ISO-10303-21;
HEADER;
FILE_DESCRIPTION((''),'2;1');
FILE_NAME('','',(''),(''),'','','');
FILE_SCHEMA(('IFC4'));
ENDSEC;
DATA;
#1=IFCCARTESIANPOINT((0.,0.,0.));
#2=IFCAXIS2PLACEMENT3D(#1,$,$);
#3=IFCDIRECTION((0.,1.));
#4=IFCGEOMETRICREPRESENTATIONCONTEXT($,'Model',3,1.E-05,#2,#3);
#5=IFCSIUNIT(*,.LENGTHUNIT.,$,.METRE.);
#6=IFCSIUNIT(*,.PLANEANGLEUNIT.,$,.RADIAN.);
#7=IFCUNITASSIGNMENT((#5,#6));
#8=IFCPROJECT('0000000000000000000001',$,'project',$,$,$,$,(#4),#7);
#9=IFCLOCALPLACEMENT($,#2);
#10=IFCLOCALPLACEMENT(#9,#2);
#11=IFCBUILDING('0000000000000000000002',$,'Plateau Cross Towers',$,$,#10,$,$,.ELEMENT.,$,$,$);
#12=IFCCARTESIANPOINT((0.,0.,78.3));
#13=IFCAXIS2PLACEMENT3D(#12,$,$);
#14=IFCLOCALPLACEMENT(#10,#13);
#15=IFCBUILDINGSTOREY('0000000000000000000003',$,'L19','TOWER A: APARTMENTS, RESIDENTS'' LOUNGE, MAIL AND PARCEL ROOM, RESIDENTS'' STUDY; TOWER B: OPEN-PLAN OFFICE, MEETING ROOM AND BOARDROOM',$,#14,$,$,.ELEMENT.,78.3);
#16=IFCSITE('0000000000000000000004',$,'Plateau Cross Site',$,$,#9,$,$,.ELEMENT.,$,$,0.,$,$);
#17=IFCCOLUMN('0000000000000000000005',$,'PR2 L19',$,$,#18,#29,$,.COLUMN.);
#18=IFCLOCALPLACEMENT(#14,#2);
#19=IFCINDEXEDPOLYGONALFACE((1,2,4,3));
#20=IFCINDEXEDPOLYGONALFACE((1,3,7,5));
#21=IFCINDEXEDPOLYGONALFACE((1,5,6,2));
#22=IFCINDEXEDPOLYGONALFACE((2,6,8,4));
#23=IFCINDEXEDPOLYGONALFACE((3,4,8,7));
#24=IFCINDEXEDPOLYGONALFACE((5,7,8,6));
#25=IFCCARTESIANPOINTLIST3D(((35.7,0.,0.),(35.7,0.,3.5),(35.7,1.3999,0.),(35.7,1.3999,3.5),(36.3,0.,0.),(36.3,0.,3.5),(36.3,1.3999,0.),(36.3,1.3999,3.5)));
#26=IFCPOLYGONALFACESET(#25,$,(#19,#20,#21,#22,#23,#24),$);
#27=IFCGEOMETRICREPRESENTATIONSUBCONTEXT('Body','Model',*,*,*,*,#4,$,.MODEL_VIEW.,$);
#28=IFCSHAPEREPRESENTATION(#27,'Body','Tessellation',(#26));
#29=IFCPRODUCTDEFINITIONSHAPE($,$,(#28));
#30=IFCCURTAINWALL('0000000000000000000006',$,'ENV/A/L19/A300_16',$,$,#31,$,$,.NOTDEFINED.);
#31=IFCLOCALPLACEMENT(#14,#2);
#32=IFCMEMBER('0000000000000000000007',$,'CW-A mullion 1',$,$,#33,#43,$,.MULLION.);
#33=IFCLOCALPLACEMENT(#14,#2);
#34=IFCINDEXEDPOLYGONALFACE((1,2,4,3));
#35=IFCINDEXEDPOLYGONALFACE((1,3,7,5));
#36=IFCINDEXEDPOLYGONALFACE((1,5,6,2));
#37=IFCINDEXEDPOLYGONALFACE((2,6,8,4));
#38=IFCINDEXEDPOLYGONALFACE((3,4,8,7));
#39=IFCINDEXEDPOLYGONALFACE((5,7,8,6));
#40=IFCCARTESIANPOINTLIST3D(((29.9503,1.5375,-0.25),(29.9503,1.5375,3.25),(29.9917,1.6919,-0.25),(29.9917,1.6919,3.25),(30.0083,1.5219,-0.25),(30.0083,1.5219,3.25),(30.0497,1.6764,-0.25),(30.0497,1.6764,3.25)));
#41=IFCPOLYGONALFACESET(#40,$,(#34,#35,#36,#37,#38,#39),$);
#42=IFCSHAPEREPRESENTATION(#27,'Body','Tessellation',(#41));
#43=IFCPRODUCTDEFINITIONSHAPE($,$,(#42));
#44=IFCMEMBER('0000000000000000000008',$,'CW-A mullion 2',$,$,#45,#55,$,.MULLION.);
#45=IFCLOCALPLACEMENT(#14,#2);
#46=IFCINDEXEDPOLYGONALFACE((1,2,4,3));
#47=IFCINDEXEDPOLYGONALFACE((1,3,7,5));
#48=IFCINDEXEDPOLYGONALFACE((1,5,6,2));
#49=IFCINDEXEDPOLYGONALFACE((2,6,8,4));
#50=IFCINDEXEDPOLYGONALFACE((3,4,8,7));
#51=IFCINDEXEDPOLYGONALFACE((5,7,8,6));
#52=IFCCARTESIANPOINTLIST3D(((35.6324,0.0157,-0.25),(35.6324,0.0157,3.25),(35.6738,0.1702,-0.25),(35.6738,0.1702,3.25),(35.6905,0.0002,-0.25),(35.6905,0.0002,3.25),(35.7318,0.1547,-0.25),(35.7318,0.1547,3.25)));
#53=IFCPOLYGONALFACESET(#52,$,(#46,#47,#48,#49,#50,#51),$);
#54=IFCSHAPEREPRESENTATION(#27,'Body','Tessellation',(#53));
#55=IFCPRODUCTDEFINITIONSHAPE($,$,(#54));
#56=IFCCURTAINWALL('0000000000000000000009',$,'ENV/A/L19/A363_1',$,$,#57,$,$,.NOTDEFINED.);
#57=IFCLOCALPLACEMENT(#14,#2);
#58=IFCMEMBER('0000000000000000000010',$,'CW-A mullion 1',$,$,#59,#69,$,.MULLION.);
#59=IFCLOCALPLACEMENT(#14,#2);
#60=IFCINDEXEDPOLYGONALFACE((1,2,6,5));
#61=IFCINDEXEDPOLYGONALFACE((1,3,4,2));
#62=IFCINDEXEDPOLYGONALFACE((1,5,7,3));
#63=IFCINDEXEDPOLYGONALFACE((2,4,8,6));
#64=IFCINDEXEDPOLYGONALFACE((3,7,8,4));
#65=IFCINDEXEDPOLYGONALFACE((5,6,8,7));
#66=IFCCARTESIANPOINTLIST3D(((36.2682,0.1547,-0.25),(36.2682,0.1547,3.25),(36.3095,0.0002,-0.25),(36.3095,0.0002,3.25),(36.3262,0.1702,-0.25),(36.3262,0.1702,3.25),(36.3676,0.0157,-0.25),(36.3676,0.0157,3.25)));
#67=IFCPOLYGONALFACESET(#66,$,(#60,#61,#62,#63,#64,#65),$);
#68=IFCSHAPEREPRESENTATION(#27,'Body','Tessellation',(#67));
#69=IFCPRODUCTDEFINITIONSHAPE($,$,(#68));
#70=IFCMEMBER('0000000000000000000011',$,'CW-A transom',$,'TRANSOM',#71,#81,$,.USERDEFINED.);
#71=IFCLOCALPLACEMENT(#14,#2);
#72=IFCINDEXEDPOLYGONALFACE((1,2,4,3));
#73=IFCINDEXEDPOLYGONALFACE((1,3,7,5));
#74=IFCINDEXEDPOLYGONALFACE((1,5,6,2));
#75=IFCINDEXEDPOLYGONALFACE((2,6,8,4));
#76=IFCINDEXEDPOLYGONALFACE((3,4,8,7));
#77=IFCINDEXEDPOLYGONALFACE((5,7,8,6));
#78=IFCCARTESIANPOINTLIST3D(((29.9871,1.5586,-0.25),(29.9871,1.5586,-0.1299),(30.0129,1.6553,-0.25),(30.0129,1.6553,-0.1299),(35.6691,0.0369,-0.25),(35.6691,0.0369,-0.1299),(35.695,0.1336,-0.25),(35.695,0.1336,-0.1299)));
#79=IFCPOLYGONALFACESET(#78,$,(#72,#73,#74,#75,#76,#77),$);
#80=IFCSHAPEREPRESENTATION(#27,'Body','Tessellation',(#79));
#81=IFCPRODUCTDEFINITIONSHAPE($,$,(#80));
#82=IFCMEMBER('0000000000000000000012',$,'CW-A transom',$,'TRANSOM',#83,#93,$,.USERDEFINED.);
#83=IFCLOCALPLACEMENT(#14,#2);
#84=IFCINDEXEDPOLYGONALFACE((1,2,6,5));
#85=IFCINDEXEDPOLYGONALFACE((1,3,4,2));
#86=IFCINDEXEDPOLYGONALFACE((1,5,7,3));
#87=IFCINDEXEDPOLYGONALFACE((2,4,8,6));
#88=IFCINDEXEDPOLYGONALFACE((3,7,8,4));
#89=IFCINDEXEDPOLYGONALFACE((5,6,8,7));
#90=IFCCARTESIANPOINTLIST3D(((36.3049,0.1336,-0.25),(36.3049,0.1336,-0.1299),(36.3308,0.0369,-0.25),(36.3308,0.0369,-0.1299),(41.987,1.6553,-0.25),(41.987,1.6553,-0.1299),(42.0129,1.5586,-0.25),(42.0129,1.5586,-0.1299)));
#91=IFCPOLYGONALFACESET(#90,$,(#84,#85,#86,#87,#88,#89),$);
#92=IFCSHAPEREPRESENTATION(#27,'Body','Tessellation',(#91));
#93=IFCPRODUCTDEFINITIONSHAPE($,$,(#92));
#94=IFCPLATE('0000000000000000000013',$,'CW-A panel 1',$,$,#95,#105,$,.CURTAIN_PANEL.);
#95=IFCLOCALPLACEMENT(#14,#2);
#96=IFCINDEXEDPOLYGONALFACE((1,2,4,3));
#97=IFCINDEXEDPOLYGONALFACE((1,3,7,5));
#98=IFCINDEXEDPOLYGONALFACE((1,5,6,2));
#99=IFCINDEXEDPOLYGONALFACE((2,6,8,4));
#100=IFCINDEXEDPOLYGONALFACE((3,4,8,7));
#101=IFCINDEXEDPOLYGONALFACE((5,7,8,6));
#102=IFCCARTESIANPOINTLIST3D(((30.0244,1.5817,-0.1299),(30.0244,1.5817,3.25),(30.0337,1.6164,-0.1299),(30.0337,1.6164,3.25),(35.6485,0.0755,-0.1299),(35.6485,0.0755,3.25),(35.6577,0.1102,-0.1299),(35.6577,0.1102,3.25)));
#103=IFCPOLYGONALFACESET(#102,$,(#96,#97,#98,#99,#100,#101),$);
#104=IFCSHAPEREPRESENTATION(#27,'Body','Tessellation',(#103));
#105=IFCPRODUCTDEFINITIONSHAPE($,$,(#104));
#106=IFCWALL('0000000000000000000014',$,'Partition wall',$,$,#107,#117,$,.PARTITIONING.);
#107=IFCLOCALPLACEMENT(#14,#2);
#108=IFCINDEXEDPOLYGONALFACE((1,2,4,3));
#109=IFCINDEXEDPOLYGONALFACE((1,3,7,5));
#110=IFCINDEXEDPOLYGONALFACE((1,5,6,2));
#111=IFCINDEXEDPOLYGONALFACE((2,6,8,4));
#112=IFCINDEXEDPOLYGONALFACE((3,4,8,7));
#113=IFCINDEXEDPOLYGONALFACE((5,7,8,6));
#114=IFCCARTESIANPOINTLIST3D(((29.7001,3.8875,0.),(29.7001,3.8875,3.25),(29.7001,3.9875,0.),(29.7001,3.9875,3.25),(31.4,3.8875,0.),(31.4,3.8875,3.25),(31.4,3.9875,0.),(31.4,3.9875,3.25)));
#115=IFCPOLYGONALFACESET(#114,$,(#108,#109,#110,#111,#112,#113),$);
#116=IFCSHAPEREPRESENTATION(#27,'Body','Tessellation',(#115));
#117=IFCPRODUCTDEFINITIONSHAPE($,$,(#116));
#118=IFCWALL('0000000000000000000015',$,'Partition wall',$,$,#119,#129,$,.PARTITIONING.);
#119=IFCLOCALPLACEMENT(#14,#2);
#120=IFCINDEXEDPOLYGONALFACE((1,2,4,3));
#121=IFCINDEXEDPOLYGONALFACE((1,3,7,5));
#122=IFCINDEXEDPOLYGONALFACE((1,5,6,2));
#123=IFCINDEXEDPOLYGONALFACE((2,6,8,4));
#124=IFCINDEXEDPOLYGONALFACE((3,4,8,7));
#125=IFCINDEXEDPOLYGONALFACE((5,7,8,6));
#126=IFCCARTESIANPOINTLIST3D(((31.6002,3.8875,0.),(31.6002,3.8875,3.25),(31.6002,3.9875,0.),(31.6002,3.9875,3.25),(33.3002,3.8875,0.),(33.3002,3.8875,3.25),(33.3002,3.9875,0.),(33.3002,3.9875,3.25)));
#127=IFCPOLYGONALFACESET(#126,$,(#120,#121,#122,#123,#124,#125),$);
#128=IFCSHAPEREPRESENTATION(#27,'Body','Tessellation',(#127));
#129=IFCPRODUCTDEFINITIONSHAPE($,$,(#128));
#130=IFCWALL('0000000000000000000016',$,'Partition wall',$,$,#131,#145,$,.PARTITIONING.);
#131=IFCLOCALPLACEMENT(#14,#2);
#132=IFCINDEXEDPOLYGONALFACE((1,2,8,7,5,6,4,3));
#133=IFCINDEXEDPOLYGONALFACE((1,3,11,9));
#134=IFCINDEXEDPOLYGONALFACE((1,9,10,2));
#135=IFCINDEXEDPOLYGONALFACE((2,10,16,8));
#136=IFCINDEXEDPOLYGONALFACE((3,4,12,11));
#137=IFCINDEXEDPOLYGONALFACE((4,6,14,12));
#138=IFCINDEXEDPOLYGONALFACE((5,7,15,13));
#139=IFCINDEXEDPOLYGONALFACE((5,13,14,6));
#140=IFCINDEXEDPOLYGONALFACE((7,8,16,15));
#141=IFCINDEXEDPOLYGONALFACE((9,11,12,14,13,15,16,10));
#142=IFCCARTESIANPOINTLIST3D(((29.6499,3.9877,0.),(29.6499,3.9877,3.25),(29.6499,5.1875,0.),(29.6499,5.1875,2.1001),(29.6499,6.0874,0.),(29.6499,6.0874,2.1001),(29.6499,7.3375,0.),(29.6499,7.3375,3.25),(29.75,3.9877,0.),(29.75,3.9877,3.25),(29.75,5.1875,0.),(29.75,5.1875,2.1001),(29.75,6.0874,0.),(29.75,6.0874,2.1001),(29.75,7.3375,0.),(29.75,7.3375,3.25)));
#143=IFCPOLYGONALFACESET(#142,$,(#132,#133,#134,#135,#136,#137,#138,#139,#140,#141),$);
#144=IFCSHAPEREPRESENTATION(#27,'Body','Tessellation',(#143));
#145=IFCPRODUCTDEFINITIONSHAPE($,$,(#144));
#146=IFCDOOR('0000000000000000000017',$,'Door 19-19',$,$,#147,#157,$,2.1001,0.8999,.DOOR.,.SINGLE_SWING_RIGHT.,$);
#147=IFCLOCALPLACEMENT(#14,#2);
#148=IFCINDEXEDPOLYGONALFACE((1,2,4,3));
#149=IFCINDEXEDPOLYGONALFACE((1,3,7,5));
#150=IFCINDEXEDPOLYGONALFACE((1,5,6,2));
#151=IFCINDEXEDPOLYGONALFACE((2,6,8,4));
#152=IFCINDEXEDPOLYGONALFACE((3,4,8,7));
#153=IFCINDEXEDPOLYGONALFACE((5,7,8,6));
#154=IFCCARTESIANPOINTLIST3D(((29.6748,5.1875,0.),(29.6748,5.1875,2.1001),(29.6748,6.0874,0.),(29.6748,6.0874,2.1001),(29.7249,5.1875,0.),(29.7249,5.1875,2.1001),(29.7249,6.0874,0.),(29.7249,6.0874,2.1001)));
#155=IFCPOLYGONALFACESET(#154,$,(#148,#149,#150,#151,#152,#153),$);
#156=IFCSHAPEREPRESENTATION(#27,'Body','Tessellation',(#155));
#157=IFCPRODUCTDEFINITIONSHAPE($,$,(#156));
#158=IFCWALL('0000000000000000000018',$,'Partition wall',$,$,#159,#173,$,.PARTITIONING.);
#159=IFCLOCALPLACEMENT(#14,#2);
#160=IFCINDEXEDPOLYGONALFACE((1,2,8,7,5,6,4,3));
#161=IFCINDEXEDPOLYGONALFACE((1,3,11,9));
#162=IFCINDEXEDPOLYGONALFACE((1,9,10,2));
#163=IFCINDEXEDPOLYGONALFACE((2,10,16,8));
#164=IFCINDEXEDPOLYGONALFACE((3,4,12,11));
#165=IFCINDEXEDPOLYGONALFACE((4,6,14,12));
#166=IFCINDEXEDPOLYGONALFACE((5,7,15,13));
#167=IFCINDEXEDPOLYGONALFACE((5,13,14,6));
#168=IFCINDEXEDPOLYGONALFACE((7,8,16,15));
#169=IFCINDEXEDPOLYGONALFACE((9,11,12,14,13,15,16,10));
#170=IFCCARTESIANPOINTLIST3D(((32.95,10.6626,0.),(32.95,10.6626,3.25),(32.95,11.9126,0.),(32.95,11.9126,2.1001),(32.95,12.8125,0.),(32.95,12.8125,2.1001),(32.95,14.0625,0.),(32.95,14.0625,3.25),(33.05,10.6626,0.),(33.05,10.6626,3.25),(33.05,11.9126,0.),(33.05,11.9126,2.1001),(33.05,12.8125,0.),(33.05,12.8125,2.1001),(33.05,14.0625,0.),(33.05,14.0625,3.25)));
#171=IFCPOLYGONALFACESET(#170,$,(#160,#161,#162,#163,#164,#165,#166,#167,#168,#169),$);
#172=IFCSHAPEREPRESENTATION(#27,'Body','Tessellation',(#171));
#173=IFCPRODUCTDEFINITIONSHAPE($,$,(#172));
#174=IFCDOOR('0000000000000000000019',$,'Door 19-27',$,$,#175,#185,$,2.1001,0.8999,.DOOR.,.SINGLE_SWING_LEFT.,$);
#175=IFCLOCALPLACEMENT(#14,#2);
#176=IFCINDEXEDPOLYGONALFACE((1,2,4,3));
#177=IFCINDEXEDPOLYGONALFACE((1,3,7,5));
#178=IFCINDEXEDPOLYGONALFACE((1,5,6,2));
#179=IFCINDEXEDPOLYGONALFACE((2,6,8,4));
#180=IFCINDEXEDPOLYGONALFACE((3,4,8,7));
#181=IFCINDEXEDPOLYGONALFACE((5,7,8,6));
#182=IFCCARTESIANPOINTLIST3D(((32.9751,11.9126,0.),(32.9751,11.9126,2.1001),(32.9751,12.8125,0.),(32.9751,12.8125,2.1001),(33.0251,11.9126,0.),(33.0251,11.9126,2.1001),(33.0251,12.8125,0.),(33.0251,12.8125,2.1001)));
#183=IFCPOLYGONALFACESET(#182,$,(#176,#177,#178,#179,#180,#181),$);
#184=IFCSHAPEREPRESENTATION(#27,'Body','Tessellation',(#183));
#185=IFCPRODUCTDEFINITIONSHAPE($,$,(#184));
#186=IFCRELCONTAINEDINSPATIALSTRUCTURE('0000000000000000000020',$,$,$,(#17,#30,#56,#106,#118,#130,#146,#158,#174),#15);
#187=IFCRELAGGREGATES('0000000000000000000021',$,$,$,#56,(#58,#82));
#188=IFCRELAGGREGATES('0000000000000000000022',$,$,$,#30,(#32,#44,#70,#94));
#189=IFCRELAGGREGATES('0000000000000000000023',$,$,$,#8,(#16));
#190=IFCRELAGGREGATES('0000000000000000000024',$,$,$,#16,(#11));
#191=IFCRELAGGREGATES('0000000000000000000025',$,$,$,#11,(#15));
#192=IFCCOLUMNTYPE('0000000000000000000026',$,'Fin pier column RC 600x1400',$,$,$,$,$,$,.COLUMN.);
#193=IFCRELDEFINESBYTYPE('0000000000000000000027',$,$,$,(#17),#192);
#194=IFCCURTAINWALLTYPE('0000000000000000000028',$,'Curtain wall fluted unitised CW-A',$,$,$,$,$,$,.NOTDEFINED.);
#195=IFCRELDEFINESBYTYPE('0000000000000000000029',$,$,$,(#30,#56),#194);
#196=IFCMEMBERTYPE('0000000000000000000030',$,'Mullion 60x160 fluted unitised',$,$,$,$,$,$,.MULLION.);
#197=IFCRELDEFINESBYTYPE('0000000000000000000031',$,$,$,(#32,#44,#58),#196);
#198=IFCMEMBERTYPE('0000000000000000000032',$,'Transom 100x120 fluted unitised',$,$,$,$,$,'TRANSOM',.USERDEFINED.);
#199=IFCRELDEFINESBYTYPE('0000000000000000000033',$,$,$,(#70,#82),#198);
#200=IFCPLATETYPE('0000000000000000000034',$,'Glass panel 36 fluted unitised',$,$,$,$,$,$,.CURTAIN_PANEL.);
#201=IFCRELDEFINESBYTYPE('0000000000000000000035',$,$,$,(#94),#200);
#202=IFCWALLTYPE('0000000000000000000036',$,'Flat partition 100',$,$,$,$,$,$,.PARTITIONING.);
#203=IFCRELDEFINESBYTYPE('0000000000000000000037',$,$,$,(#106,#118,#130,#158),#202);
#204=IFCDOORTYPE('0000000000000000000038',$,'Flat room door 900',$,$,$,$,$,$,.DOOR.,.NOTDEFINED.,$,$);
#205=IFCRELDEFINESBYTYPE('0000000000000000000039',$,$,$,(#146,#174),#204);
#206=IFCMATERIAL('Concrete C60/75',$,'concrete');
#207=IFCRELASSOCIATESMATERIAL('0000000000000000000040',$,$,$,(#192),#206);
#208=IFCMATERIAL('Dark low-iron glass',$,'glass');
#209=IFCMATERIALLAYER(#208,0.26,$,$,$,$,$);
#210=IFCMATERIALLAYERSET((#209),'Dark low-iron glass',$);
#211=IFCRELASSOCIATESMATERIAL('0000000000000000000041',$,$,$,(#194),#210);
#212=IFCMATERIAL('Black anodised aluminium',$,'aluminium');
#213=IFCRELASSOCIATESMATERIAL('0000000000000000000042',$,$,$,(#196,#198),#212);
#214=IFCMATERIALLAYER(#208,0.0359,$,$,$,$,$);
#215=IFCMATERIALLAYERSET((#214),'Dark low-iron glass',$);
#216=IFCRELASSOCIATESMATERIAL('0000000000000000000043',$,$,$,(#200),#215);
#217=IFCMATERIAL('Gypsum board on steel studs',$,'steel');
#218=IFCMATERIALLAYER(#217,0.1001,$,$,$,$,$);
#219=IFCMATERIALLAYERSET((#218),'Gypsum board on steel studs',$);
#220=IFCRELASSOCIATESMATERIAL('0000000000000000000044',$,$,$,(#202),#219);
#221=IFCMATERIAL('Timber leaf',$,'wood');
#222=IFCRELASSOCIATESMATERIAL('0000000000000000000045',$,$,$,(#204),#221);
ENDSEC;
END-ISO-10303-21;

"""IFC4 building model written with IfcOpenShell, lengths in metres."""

from ifc_helpers import new_model, si_unit, direction, frame, frame_2d, origin, origin_2d, place, context, subcontext, project, spatial, rectangle, extrude, material, layer, layer_set, material_profile, profile_set, type_object, element, fill, aggregate, save


model = new_model("IFC4")

# Units and contexts
model_context = context("Model", 3, precision=1e-05, world=origin(), true_north=direction((0.0, 1.0)))
body_context = subcontext(model_context, "Body", "Model", "MODEL_VIEW")
ifc_project = project(units=[si_unit("LENGTHUNIT", "METRE"), si_unit("PLANEANGLEUNIT", "RADIAN")], contexts=[model_context])

# Site, building, storey
site_placement = place(None, origin())
site = spatial("IfcSite", under=ifc_project, at=site_placement, Name="Plateau Cross Site", CompositionType="ELEMENT", RefElevation=0.0)
building_placement = place(site_placement, origin())
building = spatial("IfcBuilding", under=site, at=building_placement, Name="Plateau Cross Towers", CompositionType="ELEMENT")
storey_placement = place(building_placement, frame((0.0, 0.0, 78.3)))
storey = spatial("IfcBuildingStorey", under=building, at=storey_placement, Name="L19", Description="TOWER A: APARTMENTS, RESIDENTS' LOUNGE, MAIL AND PARCEL ROOM, RESIDENTS' STUDY; TOWER B: OPEN-PLAN OFFICE, MEETING ROOM AND BOARDROOM", CompositionType="ELEMENT", Elevation=78.3)

# Column
ifc_material_1 = material(Name="Concrete C60/75", Category="concrete")
ifc_material_profile_1 = material_profile(ifc_material_1, rectangle(XDim=0.6001, YDim=1.3999, at=origin_2d()), Name="RC 600x1400")
ifc_profile_set_1 = profile_set([ifc_material_profile_1], Name="Concrete C60/75")
column_type = type_object("IfcColumnType", Name="Fin pier column RC 600x1400", PredefinedType="COLUMN", material=ifc_profile_set_1)
column_placement = place(storey_placement, frame((36.0, 0.7, 0.0), z_axis=(0.0, 0.0, 1.0), x_axis=(1.0, 0.0, 0.0)))
element("IfcColumn", 1, at=column_placement, inside=storey, type_object=column_type, Name="PR2 L19", PredefinedType="COLUMN", context=body_context, shape_type="SweptSolid", body=[
    extrude(rectangle(XDim=0.6001, YDim=1.3999, at=origin_2d()), origin(), (0.0, 0.0, 1.0), 3.5),
])

# Curtain wall, members
ifc_material_2 = material(Name="Dark low-iron glass", Category="glass")
ifc_layer_1 = layer(ifc_material_2, 0.26)
ifc_layer_set_1 = layer_set([ifc_layer_1], Name="Dark low-iron glass")
curtain_wall_type = type_object("IfcCurtainWallType", Name="Curtain wall fluted unitised CW-A", PredefinedType="NOTDEFINED", material=ifc_layer_set_1)
curtain_wall_1_placement = place(storey_placement, origin())
curtain_wall_1 = element("IfcCurtainWall", 2, at=curtain_wall_1_placement, inside=storey, type_object=curtain_wall_type, Name="ENV/A/L19/A300_16", PredefinedType="NOTDEFINED")
ifc_material_3 = material(Name="Black anodised aluminium", Category="aluminium")
ifc_material_profile_2 = material_profile(ifc_material_3, rectangle(XDim=0.0601, YDim=0.1599, at=origin_2d()), Name="MULLION 60x160")
ifc_profile_set_2 = profile_set([ifc_material_profile_2], Name="Black anodised aluminium")
member_type_1 = type_object("IfcMemberType", Name="Mullion 60x160 fluted unitised", PredefinedType="MULLION", material=ifc_profile_set_2)
member_1_placement = place(storey_placement, frame((30.0, 1.6069, -0.25), z_axis=(0.0, 0.0, 1.0), x_axis=(0.965958, -0.258699, 0.0)))
member_1 = element("IfcMember", 3, at=member_1_placement, type_object=member_type_1, Name="CW-A mullion 1", PredefinedType="MULLION", context=body_context, shape_type="SweptSolid", body=[
    extrude(rectangle(XDim=0.0601, YDim=0.1599, at=origin_2d()), origin(), (0.0, 0.0, 1.0), 3.5),
])
member_2_placement = place(storey_placement, frame((35.6821, 0.0852, -0.25), z_axis=(0.0, 0.0, 1.0), x_axis=(0.965958, -0.258699, 0.0)))
member_2 = element("IfcMember", 4, at=member_2_placement, type_object=member_type_1, Name="CW-A mullion 2", PredefinedType="MULLION", context=body_context, shape_type="SweptSolid", body=[
    extrude(rectangle(XDim=0.0601, YDim=0.1599, at=origin_2d()), origin(), (0.0, 0.0, 1.0), 3.5),
])

# Curtain wall, member
curtain_wall_2_placement = place(storey_placement, origin())
curtain_wall_2 = element("IfcCurtainWall", 5, at=curtain_wall_2_placement, inside=storey, type_object=curtain_wall_type, Name="ENV/A/L19/A363_1", PredefinedType="NOTDEFINED")
member_3_placement = place(storey_placement, frame((36.3179, 0.0852, -0.25), z_axis=(0.0, 0.0, 1.0), x_axis=(0.965958, 0.258699, 0.0)))
member_3 = element("IfcMember", 6, at=member_3_placement, type_object=member_type_1, Name="CW-A mullion 1", PredefinedType="MULLION", context=body_context, shape_type="SweptSolid", body=[
    extrude(rectangle(XDim=0.0601, YDim=0.1599, at=origin_2d()), origin(), (0.0, 0.0, 1.0), 3.5),
])

# Members
ifc_material_profile_3 = material_profile(ifc_material_3, rectangle(XDim=0.1001, YDim=0.1201, at=origin_2d()), Name="TRANSOM 100x120")
ifc_profile_set_3 = profile_set([ifc_material_profile_3], Name="Black anodised aluminium")
member_type_2 = type_object("IfcMemberType", Name="Transom 100x120 fluted unitised", ElementType="TRANSOM", PredefinedType="USERDEFINED", material=ifc_profile_set_3)
member_4_placement = place(storey_placement, frame((30.0, 1.6069, -0.1899), z_axis=(0.96596, -0.258693, 0.0), x_axis=(0.258693, 0.96596, 0.0)))
member_4 = element("IfcMember", 7, at=member_4_placement, type_object=member_type_2, Name="CW-A transom", ObjectType="TRANSOM", PredefinedType="USERDEFINED", context=body_context, shape_type="SweptSolid", body=[
    extrude(rectangle(XDim=0.1001, YDim=0.1201, at=origin_2d()), origin(), (0.0, 0.0, 1.0), 5.8823),
])
member_5_placement = place(storey_placement, frame((36.3179, 0.0852, -0.1899), z_axis=(0.96596, 0.258693, 0.0), x_axis=(-0.258693, 0.96596, 0.0)))
member_5 = element("IfcMember", 8, at=member_5_placement, type_object=member_type_2, Name="CW-A transom", ObjectType="TRANSOM", PredefinedType="USERDEFINED", context=body_context, shape_type="SweptSolid", body=[
    extrude(rectangle(XDim=0.1001, YDim=0.1201, at=origin_2d()), origin(), (0.0, 0.0, 1.0), 5.8823),
])
aggregate(curtain_wall_2, [member_3, member_5])

# Plate
ifc_layer_2 = layer(ifc_material_2, 0.0359)
ifc_layer_set_2 = layer_set([ifc_layer_2], Name="Dark low-iron glass")
plate_type = type_object("IfcPlateType", Name="Glass panel 36 fluted unitised", PredefinedType="CURTAIN_PANEL", material=ifc_layer_set_2)
plate_placement = place(storey_placement, frame((32.8411, 0.8459, -0.1299), z_axis=(0.0, 0.0, 1.0), x_axis=(0.965958, -0.258699, 0.0)))
plate = element("IfcPlate", 9, at=plate_placement, type_object=plate_type, Name="CW-A panel 1", PredefinedType="CURTAIN_PANEL", context=body_context, shape_type="SweptSolid", body=[
    extrude(rectangle(XDim=5.8223, YDim=0.0359, at=origin_2d()), origin(), (0.0, 0.0, 1.0), 3.3799),
])
aggregate(curtain_wall_1, [member_1, member_2, member_4, plate])

# Walls
ifc_material_4 = material(Name="Gypsum board on steel studs", Category="steel")
ifc_layer_3 = layer(ifc_material_4, 0.1001)
ifc_layer_set_3 = layer_set([ifc_layer_3], Name="Gypsum board on steel studs")
wall_type_1 = type_object("IfcWallType", Name="Flat partition 100", PredefinedType="PARTITIONING", material=ifc_layer_set_3)
for number, where, z_axis, x_axis, name in (
    (10, (29.7, 3.9375, 0.0), (0.0, 0.0, 1.0), (1.0, 0.0, 0.0), "Partition wall"),
    (11, (31.6001, 3.9375, 0.0), (0.0, 0.0, 1.0), (1.0, 0.0, 0.0), "Partition wall"),
):
    element("IfcWall", number, at=place(storey_placement, frame(where, z_axis=z_axis, x_axis=x_axis)), inside=storey, type_object=wall_type_1, Name=name, PredefinedType="PARTITIONING", context=body_context, shape_type="SweptSolid", body=[
        extrude(rectangle(XDim=1.7, YDim=0.1001, at=frame_2d((0.8501, 0.0))), origin(), (0.0, 0.0, 1.0), 3.25),
    ])

# Walls, openings, doors
wall_1_placement = place(storey_placement, frame((29.7, 7.3374, 0.0), z_axis=(0.0, 0.0, 1.0), x_axis=(0.0, -1.0, 0.0)))
wall_1 = element("IfcWall", 12, at=wall_1_placement, inside=storey, type_object=wall_type_1, Name="Partition wall", PredefinedType="PARTITIONING", context=body_context, shape_type="SweptSolid", body=[
    extrude(rectangle(XDim=3.3499, YDim=0.1001, at=frame_2d((1.6748, 0.0))), origin(), (0.0, 0.0, 1.0), 3.25),
])
opening_1_placement = place(wall_1_placement, frame((1.25, 0.0, 0.0)))
opening_1 = element("IfcOpeningElement", 13, at=opening_1_placement, cuts=wall_1, PredefinedType="OPENING", context=body_context, shape_type="SweptSolid", body=[
    extrude(rectangle(XDim=0.8999, YDim=2.1001, at=frame_2d((0.45, 1.05))), frame((0.0, 0.0601, 0.0), z_axis=(0.0, -1.0, 0.0), x_axis=(1.0, 0.0, 0.0)), (0.0, 0.0, 1.0), 0.1201),
])
ifc_material_5 = material(Name="Timber leaf", Category="wood")
door_type = type_object("IfcDoorType", Name="Flat room door 900", OperationType="NOTDEFINED", PredefinedType="DOOR", material=ifc_material_5)
door_1_placement = place(opening_1_placement, origin())
door_1 = element("IfcDoor", 14, at=door_1_placement, inside=storey, type_object=door_type, Name="Door 19-19", OperationType="SINGLE_SWING_RIGHT", OverallHeight=2.1001, OverallWidth=0.8999, PredefinedType="DOOR", context=body_context, shape_type="SweptSolid", body=[
    extrude(rectangle(XDim=0.8999, YDim=2.1001, at=frame_2d((0.45, 1.05))), frame((0.0, 0.0249, 0.0), z_axis=(0.0, -1.0, 0.0), x_axis=(1.0, 0.0, 0.0)), (0.0, 0.0, 1.0), 0.05),
])
fill(opening_1, door_1)
wall_2_placement = place(storey_placement, frame((33.0, 10.6626, 0.0), z_axis=(0.0, 0.0, 1.0), x_axis=(0.0, 1.0, 0.0)))
wall_2 = element("IfcWall", 15, at=wall_2_placement, inside=storey, type_object=wall_type_1, Name="Partition wall", PredefinedType="PARTITIONING", context=body_context, shape_type="SweptSolid", body=[
    extrude(rectangle(XDim=3.3999, YDim=0.1001, at=frame_2d((1.7, 0.0))), origin(), (0.0, 0.0, 1.0), 3.25),
])
opening_2_placement = place(wall_2_placement, frame((1.25, 0.0, 0.0)))
opening_2 = element("IfcOpeningElement", 16, at=opening_2_placement, cuts=wall_2, PredefinedType="OPENING", context=body_context, shape_type="SweptSolid", body=[
    extrude(rectangle(XDim=0.8999, YDim=2.1001, at=frame_2d((0.45, 1.05))), frame((0.0, 0.0601, 0.0), z_axis=(0.0, -1.0, 0.0), x_axis=(1.0, 0.0, 0.0)), (0.0, 0.0, 1.0), 0.1201),
])
door_2_placement = place(opening_2_placement, origin())
door_2 = element("IfcDoor", 17, at=door_2_placement, inside=storey, type_object=door_type, Name="Door 19-27", OperationType="SINGLE_SWING_LEFT", OverallHeight=2.1001, OverallWidth=0.8999, PredefinedType="DOOR", context=body_context, shape_type="SweptSolid", body=[
    extrude(rectangle(XDim=0.8999, YDim=2.1001, at=frame_2d((0.45, 1.05))), frame((0.0, 0.0249, 0.0), z_axis=(0.0, -1.0, 0.0), x_axis=(1.0, 0.0, 0.0)), (0.0, 0.0, 1.0), 0.05),
])
fill(opening_2, door_2)

save(model, "model.ifc")
